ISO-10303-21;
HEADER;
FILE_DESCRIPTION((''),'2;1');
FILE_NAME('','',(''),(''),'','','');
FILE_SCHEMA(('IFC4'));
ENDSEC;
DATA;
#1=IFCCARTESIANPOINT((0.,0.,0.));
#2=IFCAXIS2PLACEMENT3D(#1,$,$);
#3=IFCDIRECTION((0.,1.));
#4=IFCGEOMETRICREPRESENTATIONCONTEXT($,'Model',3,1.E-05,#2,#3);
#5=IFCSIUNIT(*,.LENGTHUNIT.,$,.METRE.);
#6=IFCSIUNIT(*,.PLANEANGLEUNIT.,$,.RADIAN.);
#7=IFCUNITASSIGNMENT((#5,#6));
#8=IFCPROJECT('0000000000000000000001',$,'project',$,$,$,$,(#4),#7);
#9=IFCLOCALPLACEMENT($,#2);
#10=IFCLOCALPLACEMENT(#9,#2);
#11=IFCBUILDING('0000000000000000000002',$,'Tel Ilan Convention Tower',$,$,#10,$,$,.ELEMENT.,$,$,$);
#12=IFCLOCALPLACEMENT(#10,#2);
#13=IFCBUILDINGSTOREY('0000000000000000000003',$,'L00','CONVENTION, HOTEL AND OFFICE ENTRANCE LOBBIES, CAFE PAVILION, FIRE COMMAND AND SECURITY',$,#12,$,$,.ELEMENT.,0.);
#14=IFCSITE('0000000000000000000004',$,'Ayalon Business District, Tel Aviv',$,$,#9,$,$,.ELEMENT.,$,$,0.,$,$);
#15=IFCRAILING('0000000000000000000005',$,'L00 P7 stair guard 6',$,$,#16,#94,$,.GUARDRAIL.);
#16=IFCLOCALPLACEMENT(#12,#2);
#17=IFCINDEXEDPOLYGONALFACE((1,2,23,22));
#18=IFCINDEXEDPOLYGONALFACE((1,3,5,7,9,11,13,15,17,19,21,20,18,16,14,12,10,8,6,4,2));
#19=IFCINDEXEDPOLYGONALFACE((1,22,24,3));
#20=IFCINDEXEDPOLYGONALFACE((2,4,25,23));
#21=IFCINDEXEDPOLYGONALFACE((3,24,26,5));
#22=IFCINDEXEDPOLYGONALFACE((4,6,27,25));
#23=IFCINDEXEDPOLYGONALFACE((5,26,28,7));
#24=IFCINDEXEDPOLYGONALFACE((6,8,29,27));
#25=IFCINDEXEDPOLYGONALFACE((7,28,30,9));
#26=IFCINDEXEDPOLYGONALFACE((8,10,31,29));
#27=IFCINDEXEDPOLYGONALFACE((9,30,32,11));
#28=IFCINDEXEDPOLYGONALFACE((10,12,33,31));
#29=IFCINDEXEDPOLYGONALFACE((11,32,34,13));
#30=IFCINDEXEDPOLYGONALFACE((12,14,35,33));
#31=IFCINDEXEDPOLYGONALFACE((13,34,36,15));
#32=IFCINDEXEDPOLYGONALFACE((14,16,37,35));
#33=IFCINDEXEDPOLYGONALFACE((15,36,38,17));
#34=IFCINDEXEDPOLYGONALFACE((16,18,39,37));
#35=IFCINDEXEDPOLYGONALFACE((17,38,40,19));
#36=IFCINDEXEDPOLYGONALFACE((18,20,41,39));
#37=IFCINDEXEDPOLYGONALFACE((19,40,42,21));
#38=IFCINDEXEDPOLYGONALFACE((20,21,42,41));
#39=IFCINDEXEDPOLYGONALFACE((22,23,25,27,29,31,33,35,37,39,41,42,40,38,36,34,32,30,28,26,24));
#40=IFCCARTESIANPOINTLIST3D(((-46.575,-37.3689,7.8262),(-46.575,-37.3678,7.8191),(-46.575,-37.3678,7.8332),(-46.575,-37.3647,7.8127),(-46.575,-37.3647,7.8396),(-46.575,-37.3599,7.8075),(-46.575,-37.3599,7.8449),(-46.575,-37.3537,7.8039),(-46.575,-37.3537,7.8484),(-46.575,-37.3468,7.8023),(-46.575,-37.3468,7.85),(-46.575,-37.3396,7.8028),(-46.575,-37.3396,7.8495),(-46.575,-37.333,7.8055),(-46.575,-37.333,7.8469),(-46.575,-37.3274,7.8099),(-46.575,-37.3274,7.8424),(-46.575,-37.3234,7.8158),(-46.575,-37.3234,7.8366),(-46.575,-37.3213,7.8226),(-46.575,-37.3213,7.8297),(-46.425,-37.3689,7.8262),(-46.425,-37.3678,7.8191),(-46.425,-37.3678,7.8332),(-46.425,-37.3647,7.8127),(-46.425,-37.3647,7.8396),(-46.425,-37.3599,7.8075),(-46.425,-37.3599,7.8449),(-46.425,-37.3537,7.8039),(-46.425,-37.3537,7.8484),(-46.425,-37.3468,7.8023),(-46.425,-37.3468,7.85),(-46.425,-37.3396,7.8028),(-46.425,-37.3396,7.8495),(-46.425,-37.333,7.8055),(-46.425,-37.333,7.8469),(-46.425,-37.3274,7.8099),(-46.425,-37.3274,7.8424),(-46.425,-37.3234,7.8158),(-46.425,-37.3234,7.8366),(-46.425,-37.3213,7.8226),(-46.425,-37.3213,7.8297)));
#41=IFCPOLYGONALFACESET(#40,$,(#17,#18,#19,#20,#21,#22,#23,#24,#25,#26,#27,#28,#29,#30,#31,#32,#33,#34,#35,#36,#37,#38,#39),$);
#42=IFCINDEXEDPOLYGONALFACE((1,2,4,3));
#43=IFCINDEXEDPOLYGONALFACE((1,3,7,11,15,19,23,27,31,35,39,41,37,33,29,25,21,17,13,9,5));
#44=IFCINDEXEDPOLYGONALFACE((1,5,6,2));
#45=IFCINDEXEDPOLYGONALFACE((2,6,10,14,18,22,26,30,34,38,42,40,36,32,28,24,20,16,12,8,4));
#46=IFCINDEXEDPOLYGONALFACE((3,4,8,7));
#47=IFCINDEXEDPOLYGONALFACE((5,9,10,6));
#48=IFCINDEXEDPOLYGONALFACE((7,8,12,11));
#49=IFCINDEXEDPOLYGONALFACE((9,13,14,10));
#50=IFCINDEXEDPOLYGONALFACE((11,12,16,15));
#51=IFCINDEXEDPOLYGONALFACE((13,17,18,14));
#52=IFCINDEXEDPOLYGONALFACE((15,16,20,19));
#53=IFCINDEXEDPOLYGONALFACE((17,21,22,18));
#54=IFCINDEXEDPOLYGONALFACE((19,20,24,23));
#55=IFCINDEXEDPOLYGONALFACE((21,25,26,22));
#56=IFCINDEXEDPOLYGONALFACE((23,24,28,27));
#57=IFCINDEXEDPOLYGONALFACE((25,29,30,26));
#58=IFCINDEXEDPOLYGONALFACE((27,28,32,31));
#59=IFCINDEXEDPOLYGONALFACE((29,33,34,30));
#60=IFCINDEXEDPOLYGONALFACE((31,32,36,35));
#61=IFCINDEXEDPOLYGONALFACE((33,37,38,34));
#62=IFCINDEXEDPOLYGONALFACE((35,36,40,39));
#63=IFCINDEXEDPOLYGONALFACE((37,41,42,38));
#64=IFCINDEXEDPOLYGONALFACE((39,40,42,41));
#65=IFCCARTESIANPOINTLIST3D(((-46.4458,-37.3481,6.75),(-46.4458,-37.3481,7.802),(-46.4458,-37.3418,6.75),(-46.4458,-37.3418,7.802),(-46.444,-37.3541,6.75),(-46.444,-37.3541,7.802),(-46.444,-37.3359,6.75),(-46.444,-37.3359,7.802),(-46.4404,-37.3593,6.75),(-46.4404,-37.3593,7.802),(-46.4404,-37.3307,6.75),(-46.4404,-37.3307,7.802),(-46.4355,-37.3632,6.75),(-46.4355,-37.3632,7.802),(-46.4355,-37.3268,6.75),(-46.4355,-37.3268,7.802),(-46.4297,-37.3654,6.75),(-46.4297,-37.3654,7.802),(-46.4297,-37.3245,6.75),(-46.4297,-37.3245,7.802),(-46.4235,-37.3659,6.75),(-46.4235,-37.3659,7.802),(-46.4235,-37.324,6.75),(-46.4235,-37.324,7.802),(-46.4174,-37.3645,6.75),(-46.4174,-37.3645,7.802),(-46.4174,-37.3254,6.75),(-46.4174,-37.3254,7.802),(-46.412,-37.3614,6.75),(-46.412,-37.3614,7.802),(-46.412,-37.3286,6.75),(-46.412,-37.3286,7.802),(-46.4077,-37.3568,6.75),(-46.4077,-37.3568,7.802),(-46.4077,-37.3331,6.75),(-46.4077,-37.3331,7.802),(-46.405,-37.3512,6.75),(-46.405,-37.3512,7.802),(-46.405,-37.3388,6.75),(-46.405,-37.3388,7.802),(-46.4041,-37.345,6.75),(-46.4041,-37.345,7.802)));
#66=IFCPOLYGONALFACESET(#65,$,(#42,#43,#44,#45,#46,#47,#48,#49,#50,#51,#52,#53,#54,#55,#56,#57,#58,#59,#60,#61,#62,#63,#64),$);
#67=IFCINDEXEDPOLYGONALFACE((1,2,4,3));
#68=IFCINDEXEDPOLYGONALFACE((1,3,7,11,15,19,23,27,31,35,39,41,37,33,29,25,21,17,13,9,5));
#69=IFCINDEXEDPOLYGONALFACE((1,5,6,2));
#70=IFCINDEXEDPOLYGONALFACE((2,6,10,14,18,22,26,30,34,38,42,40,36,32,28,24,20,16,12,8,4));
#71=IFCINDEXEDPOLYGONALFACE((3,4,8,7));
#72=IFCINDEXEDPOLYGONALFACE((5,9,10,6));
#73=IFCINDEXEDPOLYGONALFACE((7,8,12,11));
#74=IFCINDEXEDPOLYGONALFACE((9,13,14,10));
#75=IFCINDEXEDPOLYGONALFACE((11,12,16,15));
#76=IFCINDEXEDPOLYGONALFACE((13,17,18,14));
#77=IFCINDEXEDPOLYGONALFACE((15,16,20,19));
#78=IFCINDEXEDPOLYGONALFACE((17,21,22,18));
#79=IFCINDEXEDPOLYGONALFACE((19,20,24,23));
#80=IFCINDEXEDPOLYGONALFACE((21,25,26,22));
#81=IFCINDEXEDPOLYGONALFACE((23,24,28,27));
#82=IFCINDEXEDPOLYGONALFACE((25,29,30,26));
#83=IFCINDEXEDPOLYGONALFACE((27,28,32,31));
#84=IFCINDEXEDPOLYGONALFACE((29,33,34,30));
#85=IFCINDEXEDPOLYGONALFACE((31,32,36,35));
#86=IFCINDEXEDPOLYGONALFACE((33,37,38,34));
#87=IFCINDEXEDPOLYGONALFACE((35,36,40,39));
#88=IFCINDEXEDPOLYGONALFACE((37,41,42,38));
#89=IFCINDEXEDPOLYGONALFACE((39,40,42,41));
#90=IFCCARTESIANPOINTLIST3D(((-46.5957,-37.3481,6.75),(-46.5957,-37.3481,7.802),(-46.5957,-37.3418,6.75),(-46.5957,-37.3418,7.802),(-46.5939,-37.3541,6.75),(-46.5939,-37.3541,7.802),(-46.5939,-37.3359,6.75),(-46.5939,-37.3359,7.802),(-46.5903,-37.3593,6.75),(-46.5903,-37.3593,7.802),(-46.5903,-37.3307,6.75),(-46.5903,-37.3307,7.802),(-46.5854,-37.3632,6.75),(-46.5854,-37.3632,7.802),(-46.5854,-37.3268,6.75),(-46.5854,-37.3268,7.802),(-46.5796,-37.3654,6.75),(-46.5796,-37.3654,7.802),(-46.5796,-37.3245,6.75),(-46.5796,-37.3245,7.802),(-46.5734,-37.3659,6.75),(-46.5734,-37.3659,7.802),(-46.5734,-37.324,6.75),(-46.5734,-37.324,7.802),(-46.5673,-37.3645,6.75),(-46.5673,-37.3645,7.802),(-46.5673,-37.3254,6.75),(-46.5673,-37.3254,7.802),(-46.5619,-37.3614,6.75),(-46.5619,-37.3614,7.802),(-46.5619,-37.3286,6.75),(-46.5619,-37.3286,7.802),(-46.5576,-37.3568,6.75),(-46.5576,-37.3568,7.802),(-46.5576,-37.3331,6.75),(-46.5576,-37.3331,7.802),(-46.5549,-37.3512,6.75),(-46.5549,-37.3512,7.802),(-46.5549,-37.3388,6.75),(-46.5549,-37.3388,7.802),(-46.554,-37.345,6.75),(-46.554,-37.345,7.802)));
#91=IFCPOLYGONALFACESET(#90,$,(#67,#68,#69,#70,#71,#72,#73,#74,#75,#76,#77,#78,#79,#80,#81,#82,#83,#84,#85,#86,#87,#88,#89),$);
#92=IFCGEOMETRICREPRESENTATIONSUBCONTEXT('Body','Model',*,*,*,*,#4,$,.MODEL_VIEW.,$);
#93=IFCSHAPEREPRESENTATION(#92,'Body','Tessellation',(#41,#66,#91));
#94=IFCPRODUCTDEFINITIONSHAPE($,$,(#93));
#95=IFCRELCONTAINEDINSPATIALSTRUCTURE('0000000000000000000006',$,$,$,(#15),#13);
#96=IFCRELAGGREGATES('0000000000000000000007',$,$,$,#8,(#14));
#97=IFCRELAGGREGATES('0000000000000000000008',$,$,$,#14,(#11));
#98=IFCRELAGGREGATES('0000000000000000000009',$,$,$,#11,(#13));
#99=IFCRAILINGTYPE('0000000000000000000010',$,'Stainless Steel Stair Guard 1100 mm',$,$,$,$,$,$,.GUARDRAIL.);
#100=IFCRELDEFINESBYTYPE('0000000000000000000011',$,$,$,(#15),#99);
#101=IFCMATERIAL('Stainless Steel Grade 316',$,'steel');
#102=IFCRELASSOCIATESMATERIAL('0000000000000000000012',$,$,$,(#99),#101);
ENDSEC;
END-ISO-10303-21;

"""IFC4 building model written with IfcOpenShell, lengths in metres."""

from ifc_helpers import new_model, si_unit, direction, frame, origin, origin_2d, place, context, subcontext, project, spatial, circle, extrude, material, type_object, element, save


model = new_model("IFC4")

# Units and contexts
model_context = context("Model", 3, precision=1e-05, world=origin(), true_north=direction((0.0, 1.0)))
body_context = subcontext(model_context, "Body", "Model", "MODEL_VIEW")
ifc_project = project(units=[si_unit("LENGTHUNIT", "METRE"), si_unit("PLANEANGLEUNIT", "RADIAN")], contexts=[model_context])

# Site, building, storey
site_placement = place(None, origin())
site = spatial("IfcSite", under=ifc_project, at=site_placement, Name="Ayalon Business District, Tel Aviv", CompositionType="ELEMENT", RefElevation=0.0)
building_placement = place(site_placement, origin())
building = spatial("IfcBuilding", under=site, at=building_placement, Name="Tel Ilan Convention Tower", CompositionType="ELEMENT")
storey_placement = place(building_placement, origin())
storey = spatial("IfcBuildingStorey", under=building, at=storey_placement, Name="L00", Description="CONVENTION, HOTEL AND OFFICE ENTRANCE LOBBIES, CAFE PAVILION, FIRE COMMAND AND SECURITY", CompositionType="ELEMENT", Elevation=0.0)

# Railing
ifc_material_1 = material(Name="Stainless Steel Grade 316", Category="steel")
railing_type_1 = type_object("IfcRailingType", Name="Stainless Steel Stair Guard 1100 mm", PredefinedType="GUARDRAIL", material=ifc_material_1)
railing_1_placement = place(storey_placement, frame((-46.425, -37.345, 6.75)))
element("IfcRailing", 1, at=railing_1_placement, inside=storey, type_object=railing_type_1, Name="L00 P7 stair guard 6", PredefinedType="GUARDRAIL", context=body_context, shape_type="SweptSolid", body=[
    extrude(circle(Radius=0.0239, at=origin_2d()), frame((0.0, 0.0, 1.0762), z_axis=(-1.0, 0.0, 0.0), x_axis=(0.0, -1.0, 0.0)), (0.0, 0.0, 1.0), 0.1499),
    extrude(circle(Radius=0.021, at=origin_2d()), origin(), (0.0, 0.0, 1.0), 1.052),
    extrude(circle(Radius=0.021, at=origin_2d()), frame((-0.1499, 0.0, 0.0)), (0.0, 0.0, 1.0), 1.052),
])

save(model, "model.ifc")
